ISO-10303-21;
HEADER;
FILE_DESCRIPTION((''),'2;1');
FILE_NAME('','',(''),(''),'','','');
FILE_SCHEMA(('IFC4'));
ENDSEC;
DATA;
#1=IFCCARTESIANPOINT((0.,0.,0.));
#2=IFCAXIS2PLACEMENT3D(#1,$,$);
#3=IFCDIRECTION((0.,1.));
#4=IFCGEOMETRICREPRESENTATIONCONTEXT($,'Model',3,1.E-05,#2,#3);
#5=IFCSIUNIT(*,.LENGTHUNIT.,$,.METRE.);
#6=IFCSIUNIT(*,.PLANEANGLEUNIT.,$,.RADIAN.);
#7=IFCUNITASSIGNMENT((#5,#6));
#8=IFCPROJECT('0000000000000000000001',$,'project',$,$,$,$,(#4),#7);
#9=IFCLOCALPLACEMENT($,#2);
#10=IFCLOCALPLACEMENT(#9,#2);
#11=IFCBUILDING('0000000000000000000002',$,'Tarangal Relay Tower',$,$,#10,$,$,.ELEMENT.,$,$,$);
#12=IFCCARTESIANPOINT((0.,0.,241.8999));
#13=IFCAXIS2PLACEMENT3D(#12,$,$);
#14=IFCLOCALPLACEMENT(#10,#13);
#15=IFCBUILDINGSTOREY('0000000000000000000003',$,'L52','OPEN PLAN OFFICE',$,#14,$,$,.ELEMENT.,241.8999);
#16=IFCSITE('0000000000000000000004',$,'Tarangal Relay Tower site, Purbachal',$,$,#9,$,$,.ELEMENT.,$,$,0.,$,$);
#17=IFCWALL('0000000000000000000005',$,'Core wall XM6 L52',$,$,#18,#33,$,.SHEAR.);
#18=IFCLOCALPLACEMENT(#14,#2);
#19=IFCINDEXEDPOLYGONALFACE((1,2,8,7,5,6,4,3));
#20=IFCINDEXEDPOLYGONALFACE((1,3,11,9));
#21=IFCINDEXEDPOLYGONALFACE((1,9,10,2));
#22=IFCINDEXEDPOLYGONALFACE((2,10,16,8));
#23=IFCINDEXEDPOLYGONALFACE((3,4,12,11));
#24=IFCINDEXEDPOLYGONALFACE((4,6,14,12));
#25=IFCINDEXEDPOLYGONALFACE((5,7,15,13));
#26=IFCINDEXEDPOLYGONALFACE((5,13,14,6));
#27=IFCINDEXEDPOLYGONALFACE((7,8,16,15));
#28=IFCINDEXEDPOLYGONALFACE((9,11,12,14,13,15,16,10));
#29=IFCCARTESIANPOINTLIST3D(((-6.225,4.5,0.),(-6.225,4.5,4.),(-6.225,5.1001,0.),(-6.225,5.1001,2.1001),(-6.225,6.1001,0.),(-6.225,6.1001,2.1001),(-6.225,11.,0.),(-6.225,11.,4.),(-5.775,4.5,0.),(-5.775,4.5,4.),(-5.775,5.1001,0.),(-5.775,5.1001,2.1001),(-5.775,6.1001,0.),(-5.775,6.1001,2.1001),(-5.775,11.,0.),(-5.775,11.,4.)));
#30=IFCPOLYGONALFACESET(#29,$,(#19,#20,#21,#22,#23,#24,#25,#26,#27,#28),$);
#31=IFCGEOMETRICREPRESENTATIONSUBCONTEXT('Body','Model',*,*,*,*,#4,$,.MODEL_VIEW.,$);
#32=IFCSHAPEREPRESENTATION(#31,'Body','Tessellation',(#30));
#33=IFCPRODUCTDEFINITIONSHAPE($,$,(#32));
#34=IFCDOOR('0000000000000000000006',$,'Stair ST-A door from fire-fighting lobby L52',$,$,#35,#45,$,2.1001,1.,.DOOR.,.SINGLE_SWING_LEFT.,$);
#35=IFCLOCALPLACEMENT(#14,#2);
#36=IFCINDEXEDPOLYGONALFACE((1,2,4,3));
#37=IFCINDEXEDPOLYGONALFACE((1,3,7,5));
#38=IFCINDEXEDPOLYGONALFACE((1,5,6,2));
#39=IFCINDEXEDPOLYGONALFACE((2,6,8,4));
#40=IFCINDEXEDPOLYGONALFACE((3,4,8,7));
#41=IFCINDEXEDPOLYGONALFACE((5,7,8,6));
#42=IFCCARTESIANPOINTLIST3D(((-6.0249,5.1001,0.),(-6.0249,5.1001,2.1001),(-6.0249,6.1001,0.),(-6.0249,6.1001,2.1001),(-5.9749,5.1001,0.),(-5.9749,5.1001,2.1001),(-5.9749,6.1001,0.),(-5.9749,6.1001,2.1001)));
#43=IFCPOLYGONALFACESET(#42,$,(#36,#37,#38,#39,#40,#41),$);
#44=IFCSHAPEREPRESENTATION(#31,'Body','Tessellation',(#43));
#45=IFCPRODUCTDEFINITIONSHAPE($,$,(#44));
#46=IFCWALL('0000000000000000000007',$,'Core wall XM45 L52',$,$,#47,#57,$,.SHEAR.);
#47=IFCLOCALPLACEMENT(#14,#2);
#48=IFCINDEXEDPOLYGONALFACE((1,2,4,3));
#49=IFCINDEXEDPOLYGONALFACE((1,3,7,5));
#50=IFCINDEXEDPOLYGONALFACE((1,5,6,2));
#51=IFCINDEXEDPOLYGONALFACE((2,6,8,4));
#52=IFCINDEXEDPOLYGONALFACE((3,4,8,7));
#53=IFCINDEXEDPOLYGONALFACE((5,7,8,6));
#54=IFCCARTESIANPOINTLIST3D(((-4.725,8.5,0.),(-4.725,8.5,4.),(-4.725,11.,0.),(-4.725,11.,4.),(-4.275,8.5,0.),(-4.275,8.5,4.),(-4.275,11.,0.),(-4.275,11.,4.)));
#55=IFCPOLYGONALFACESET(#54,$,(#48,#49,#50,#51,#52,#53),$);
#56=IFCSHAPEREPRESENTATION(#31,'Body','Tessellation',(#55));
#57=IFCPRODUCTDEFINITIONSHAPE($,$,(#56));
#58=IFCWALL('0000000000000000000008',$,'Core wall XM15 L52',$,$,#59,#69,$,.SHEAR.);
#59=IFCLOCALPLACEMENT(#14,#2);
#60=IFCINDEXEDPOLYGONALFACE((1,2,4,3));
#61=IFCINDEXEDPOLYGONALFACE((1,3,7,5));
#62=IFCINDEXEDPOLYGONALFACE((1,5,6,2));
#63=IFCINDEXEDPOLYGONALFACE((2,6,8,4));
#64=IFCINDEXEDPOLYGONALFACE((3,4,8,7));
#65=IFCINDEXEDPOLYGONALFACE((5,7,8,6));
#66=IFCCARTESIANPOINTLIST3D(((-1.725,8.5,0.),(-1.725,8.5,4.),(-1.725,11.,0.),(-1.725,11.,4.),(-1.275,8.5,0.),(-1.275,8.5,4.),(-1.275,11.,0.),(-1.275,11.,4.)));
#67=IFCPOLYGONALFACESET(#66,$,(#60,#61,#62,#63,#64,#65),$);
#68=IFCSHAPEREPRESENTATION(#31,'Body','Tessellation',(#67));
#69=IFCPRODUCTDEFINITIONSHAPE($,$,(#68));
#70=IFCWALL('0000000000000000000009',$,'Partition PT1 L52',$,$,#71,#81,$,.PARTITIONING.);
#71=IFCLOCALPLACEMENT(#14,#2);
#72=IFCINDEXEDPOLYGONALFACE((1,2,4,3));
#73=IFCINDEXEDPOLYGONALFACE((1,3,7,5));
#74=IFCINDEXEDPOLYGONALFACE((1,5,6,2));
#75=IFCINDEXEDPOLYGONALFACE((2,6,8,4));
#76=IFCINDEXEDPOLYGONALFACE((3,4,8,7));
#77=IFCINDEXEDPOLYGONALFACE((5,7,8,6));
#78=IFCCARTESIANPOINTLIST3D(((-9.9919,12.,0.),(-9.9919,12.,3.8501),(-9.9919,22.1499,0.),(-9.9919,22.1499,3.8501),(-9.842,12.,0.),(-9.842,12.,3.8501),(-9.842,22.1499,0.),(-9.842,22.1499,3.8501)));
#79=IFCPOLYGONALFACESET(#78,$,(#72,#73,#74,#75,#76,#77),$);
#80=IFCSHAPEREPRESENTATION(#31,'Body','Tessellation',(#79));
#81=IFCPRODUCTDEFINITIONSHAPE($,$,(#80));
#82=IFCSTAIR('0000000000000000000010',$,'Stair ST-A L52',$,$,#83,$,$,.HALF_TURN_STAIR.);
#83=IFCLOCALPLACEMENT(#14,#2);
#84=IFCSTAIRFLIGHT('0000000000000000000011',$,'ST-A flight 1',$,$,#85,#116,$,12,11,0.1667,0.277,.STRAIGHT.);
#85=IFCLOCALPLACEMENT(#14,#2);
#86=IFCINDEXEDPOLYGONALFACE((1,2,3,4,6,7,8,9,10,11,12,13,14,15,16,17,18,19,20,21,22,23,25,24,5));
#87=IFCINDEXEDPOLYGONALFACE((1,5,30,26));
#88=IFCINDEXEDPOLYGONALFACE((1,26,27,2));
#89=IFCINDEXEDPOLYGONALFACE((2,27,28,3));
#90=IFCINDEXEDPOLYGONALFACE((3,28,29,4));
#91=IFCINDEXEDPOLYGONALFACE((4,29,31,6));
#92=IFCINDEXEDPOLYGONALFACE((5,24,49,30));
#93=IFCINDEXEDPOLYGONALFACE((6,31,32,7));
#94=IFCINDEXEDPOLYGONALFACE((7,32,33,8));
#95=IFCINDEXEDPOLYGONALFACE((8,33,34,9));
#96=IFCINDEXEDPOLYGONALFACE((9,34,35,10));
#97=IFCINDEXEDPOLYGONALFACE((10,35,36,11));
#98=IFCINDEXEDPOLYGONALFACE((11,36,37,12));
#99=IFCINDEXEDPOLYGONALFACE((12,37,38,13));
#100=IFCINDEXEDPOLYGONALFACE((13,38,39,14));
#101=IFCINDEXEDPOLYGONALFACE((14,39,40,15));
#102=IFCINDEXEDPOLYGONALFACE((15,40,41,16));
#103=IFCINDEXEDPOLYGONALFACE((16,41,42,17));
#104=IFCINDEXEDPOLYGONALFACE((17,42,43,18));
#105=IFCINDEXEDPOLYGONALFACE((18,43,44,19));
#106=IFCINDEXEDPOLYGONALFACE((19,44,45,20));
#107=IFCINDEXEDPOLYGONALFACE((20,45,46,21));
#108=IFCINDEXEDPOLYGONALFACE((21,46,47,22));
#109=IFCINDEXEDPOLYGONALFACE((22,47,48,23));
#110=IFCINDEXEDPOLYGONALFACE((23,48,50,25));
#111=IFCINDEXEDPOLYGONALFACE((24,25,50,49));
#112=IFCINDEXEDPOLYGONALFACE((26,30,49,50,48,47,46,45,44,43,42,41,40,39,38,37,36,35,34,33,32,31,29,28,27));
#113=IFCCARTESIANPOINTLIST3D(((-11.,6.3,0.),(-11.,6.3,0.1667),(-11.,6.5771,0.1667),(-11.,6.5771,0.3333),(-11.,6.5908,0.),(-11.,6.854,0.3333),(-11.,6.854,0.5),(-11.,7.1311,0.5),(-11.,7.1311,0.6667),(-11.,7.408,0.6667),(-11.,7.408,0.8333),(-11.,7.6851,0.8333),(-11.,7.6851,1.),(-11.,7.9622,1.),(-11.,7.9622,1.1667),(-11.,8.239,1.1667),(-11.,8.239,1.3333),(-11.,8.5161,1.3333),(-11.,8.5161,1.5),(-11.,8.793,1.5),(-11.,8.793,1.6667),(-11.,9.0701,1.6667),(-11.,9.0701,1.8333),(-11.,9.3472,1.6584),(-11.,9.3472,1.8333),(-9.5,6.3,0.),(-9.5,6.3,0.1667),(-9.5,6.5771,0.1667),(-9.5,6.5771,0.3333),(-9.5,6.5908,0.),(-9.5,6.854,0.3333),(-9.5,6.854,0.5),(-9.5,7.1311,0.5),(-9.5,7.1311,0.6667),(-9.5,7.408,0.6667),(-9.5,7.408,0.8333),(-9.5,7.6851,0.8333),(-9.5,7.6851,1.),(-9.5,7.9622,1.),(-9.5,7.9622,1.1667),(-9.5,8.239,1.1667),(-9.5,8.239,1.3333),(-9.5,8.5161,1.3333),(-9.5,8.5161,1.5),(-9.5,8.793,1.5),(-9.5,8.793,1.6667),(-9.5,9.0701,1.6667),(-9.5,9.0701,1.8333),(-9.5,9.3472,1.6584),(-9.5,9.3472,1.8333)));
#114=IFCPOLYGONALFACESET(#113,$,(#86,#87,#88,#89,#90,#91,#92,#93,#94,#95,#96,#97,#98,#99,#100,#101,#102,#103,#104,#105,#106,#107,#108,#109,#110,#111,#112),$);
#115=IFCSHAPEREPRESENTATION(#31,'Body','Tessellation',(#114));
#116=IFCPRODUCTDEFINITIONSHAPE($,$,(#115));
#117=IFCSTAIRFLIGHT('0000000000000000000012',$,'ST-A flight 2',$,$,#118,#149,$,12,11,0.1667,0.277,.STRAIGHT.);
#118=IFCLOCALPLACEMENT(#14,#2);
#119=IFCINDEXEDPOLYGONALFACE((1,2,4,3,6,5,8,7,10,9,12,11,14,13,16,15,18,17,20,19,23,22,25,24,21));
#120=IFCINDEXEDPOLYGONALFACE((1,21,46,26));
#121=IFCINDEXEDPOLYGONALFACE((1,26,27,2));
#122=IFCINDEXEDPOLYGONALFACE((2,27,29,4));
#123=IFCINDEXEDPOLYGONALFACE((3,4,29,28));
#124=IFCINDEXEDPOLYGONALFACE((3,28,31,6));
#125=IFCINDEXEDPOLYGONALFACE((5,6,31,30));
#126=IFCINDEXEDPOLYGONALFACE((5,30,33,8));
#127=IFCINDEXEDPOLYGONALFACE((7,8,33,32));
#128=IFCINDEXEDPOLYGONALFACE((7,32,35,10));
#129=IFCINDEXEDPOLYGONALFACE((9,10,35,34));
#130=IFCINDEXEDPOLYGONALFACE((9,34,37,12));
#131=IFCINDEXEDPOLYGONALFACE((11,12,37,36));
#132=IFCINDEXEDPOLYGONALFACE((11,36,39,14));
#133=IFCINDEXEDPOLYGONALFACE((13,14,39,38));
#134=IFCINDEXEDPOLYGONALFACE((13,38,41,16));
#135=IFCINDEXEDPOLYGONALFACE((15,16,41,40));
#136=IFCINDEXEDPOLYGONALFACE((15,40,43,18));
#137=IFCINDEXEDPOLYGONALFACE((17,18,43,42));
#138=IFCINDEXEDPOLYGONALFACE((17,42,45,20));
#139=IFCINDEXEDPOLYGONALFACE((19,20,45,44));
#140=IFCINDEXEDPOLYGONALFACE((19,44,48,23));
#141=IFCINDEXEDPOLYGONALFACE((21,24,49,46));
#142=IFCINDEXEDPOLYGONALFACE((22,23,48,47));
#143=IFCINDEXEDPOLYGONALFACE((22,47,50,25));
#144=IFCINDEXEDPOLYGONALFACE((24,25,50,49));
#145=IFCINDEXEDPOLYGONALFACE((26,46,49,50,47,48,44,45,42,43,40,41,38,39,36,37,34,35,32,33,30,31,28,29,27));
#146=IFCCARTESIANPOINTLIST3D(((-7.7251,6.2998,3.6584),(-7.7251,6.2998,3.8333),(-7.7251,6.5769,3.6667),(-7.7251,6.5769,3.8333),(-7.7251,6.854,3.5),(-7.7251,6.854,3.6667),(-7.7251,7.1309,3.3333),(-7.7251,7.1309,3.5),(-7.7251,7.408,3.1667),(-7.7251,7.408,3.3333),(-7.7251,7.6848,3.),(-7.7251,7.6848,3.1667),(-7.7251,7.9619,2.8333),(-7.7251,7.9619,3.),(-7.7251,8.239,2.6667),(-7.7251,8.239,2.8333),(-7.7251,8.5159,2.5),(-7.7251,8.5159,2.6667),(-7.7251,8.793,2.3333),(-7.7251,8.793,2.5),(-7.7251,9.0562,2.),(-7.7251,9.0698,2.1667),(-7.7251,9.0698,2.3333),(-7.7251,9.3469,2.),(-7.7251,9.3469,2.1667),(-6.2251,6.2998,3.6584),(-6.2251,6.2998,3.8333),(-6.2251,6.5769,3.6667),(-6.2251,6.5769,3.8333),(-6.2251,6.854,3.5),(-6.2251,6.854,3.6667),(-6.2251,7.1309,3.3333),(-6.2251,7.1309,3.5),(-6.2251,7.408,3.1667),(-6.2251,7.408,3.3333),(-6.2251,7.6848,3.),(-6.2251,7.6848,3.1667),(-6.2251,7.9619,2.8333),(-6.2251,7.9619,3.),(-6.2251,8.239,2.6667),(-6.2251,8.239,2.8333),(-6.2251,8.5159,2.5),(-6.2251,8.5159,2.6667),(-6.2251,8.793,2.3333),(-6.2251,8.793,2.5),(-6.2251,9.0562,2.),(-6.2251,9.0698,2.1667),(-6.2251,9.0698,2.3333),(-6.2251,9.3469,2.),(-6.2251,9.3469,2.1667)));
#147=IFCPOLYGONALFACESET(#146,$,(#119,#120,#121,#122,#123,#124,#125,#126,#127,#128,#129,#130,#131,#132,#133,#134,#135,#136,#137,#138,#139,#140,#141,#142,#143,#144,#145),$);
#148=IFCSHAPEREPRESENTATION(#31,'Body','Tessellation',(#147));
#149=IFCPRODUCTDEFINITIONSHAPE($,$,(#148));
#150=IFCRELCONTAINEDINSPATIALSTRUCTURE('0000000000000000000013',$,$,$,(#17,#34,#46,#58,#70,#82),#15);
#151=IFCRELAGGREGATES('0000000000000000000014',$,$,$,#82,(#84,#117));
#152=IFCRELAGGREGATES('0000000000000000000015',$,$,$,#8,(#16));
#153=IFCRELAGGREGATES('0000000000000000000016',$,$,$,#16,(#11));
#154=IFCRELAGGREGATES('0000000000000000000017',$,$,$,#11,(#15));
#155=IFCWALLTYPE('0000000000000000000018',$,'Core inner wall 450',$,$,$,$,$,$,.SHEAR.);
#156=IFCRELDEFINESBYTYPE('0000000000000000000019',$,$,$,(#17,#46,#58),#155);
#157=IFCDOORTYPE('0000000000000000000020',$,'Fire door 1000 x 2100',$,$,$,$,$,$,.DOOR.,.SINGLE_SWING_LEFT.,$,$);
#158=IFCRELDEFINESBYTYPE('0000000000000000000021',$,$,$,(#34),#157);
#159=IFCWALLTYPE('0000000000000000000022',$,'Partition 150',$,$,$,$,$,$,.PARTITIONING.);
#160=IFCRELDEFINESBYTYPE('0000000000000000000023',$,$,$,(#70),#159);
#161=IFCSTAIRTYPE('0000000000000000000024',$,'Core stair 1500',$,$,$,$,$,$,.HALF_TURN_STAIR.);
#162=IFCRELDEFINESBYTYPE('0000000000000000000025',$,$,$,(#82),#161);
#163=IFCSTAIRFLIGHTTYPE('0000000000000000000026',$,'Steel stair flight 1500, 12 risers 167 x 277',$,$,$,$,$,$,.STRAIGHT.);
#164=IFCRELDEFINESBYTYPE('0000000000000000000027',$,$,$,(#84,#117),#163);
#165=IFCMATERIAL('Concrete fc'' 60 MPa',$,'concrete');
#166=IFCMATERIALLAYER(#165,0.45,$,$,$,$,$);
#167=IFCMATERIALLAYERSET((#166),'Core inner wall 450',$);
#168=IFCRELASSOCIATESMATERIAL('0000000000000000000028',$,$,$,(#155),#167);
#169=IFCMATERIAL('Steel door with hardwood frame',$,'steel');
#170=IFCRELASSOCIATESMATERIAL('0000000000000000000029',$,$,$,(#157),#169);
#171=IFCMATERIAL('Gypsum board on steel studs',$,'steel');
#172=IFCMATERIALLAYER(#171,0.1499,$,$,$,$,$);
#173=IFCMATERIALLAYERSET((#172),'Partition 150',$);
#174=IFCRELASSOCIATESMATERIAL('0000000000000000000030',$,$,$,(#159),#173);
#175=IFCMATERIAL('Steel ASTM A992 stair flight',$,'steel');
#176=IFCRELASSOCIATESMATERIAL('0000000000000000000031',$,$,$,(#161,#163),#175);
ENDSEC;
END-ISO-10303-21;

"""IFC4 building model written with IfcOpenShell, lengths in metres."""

from ifc_helpers import new_model, si_unit, direction, frame, frame_2d, origin, place, context, subcontext, project, spatial, polyline, rectangle, outline, extrude, material, layer, layer_set, type_object, element, fill, aggregate, save


model = new_model("IFC4")

# Units and contexts
model_context = context("Model", 3, precision=1e-05, world=origin(), true_north=direction((0.0, 1.0)))
body_context = subcontext(model_context, "Body", "Model", "MODEL_VIEW")
ifc_project = project(units=[si_unit("LENGTHUNIT", "METRE"), si_unit("PLANEANGLEUNIT", "RADIAN")], contexts=[model_context])

# Site, building, storey
site_placement = place(None, origin())
site = spatial("IfcSite", under=ifc_project, at=site_placement, Name="Tarangal Relay Tower site, Purbachal", CompositionType="ELEMENT", RefElevation=0.0)
building_placement = place(site_placement, origin())
building = spatial("IfcBuilding", under=site, at=building_placement, Name="Tarangal Relay Tower", CompositionType="ELEMENT")
storey_placement = place(building_placement, frame((0.0, 0.0, 241.8999)))
storey = spatial("IfcBuildingStorey", under=building, at=storey_placement, Name="L52", Description="OPEN PLAN OFFICE", CompositionType="ELEMENT", Elevation=241.8999)

# Shared definitions
ifc_material_1 = material(Name="Concrete fc' 60 MPa", Category="concrete")
ifc_layer_1 = layer(ifc_material_1, 0.45)
ifc_layer_set_1 = layer_set([ifc_layer_1], Name="Core inner wall 450")
wall_type_1 = type_object("IfcWallType", Name="Core inner wall 450", PredefinedType="SHEAR", material=ifc_layer_set_1)
ifc_material_2 = material(Name="Steel door with hardwood frame", Category="steel")

# Wall, opening, door
wall_1_placement = place(storey_placement, frame((-6.0, 4.5, 0.0), z_axis=(0.0, 0.0, 1.0), x_axis=(0.0, 1.0, 0.0)))
wall_1 = element("IfcWall", 1, at=wall_1_placement, inside=storey, type_object=wall_type_1, Name="Core wall XM6 L52", PredefinedType="SHEAR", context=body_context, shape_type="SweptSolid", body=[
    extrude(rectangle(XDim=6.5, YDim=0.45, at=frame_2d((3.25, 0.0))), origin(), (0.0, 0.0, 1.0), 4.0),
])
opening_1_placement = place(wall_1_placement, frame((0.6001, 0.0, 0.0)))
opening_1 = element("IfcOpeningElement", 2, at=opening_1_placement, cuts=wall_1, PredefinedType="OPENING", context=body_context, shape_type="SweptSolid", body=[
    extrude(rectangle(XDim=1.0, YDim=2.1001, at=frame_2d((0.5, 1.05))), frame((0.0, 0.2349, 0.0), z_axis=(0.0, -1.0, 0.0), x_axis=(1.0, 0.0, 0.0)), (0.0, 0.0, 1.0), 0.47),
])
door_type_1 = type_object("IfcDoorType", Name="Fire door 1000 x 2100", OperationType="SINGLE_SWING_LEFT", PredefinedType="DOOR", material=ifc_material_2)
door_1_placement = place(opening_1_placement, origin())
door_1 = element("IfcDoor", 3, at=door_1_placement, inside=storey, type_object=door_type_1, Name="Stair ST-A door from fire-fighting lobby L52", OperationType="SINGLE_SWING_LEFT", OverallHeight=2.1001, OverallWidth=1.0, PredefinedType="DOOR", context=body_context, shape_type="SweptSolid", body=[
    extrude(rectangle(XDim=1.0, YDim=2.1001, at=frame_2d((0.5, 1.05))), frame((0.0, 0.0249, 0.0), z_axis=(0.0, -1.0, 0.0), x_axis=(1.0, 0.0, 0.0)), (0.0, 0.0, 1.0), 0.05),
])
fill(opening_1, door_1)

# Walls
for number, where, z_axis, x_axis, name in (
    (4, (-4.5, 8.5, 0.0), (0.0, 0.0, 1.0), (0.0, 1.0, 0.0), "Core wall XM45 L52"),
    (5, (-1.5, 8.5, 0.0), (0.0, 0.0, 1.0), (0.0, 1.0, 0.0), "Core wall XM15 L52"),
):
    element("IfcWall", number, at=place(storey_placement, frame(where, z_axis=z_axis, x_axis=x_axis)), inside=storey, type_object=wall_type_1, Name=name, PredefinedType="SHEAR", context=body_context, shape_type="SweptSolid", body=[
        extrude(rectangle(XDim=2.5, YDim=0.45, at=frame_2d((1.25, 0.0))), origin(), (0.0, 0.0, 1.0), 4.0),
    ])
ifc_material_3 = material(Name="Gypsum board on steel studs", Category="steel")
ifc_layer_2 = layer(ifc_material_3, 0.1499)
ifc_layer_set_2 = layer_set([ifc_layer_2], Name="Partition 150")
wall_type_2 = type_object("IfcWallType", Name="Partition 150", PredefinedType="PARTITIONING", material=ifc_layer_set_2)
wall_2_placement = place(storey_placement, frame((-9.917, 12.0, 0.0), z_axis=(0.0, 0.0, 1.0), x_axis=(0.0, 1.0, 0.0)))
element("IfcWall", 6, at=wall_2_placement, inside=storey, type_object=wall_type_2, Name="Partition PT1 L52", PredefinedType="PARTITIONING", context=body_context, shape_type="SweptSolid", body=[
    extrude(rectangle(XDim=10.1499, YDim=0.1499, at=frame_2d((5.075, 0.0))), origin(), (0.0, 0.0, 1.0), 3.8501),
])

# Stair, stair flights
ifc_material_4 = material(Name="Steel ASTM A992 stair flight", Category="steel")
stair_type = type_object("IfcStairType", Name="Core stair 1500", PredefinedType="HALF_TURN_STAIR", material=ifc_material_4)
stair_placement = place(storey_placement, origin())
stair = element("IfcStair", 7, at=stair_placement, inside=storey, type_object=stair_type, Name="Stair ST-A L52", PredefinedType="HALF_TURN_STAIR")
stair_flight_type = type_object("IfcStairFlightType", Name="Steel stair flight 1500, 12 risers 167 x 277", PredefinedType="STRAIGHT", material=ifc_material_4)
stair_flight_1_placement = place(storey_placement, frame((-10.25, 6.3, 0.0), z_axis=(0.0, 0.0, 1.0), x_axis=(0.0, 1.0, 0.0)))
stair_flight_1 = element("IfcStairFlight", 8, at=stair_flight_1_placement, type_object=stair_flight_type, Name="ST-A flight 1", NumberOfRisers=12, NumberOfTreads=11, PredefinedType="STRAIGHT", RiserHeight=0.1667, TreadLength=0.277, context=body_context, shape_type="SweptSolid", body=[
    extrude(outline(polyline([(0.0, 0.0), (0.0, 0.1667), (0.2771, 0.1667), (0.2771, 0.3333), (0.554, 0.3333), (0.554, 0.5), (0.8311, 0.5), (0.8311, 0.6667), (1.1079, 0.6667), (1.1079, 0.8333), (1.385, 0.8333), (1.385, 1.0), (1.6621, 1.0), (1.6621, 1.1667), (1.939, 1.1667), (1.939, 1.3333), (2.2161, 1.3333), (2.2161, 1.5), (2.4929, 1.5), (2.4929, 1.6667), (2.77, 1.6667), (2.77, 1.8333), (3.0471, 1.8333), (3.0471, 2.0), (3.0471, 1.6584), (0.2908, 0.0), (0.0, 0.0)])), frame((0.0, 0.75, 0.0), z_axis=(0.0, -1.0, 0.0), x_axis=(1.0, 0.0, 0.0)), (0.0, 0.0, 1.0), 1.5),
])
stair_flight_2_placement = place(storey_placement, frame((-6.9751, 9.3469, 2.0), z_axis=(0.0, 0.0, 1.0), x_axis=(0.0, -1.0, 0.0)))
stair_flight_2 = element("IfcStairFlight", 9, at=stair_flight_2_placement, type_object=stair_flight_type, Name="ST-A flight 2", NumberOfRisers=12, NumberOfTreads=11, PredefinedType="STRAIGHT", RiserHeight=0.1667, TreadLength=0.277, context=body_context, shape_type="SweptSolid", body=[
    extrude(outline(polyline([(0.0, 0.0), (0.0, 0.1667), (0.2771, 0.1667), (0.2771, 0.3333), (0.554, 0.3333), (0.554, 0.5), (0.8311, 0.5), (0.8311, 0.6667), (1.1079, 0.6667), (1.1079, 0.8333), (1.385, 0.8333), (1.385, 1.0), (1.6621, 1.0), (1.6621, 1.1667), (1.939, 1.1667), (1.939, 1.3333), (2.2161, 1.3333), (2.2161, 1.5), (2.4929, 1.5), (2.4929, 1.6667), (2.77, 1.6667), (2.77, 1.8333), (3.0471, 1.8333), (3.0471, 2.0), (3.0471, 1.6584), (0.2908, 0.0), (0.0, 0.0)])), frame((0.0, 0.75, 0.0), z_axis=(0.0, -1.0, 0.0), x_axis=(1.0, 0.0, 0.0)), (0.0, 0.0, 1.0), 1.5),
])
aggregate(stair, [stair_flight_1, stair_flight_2])

save(model, "model.ifc")
